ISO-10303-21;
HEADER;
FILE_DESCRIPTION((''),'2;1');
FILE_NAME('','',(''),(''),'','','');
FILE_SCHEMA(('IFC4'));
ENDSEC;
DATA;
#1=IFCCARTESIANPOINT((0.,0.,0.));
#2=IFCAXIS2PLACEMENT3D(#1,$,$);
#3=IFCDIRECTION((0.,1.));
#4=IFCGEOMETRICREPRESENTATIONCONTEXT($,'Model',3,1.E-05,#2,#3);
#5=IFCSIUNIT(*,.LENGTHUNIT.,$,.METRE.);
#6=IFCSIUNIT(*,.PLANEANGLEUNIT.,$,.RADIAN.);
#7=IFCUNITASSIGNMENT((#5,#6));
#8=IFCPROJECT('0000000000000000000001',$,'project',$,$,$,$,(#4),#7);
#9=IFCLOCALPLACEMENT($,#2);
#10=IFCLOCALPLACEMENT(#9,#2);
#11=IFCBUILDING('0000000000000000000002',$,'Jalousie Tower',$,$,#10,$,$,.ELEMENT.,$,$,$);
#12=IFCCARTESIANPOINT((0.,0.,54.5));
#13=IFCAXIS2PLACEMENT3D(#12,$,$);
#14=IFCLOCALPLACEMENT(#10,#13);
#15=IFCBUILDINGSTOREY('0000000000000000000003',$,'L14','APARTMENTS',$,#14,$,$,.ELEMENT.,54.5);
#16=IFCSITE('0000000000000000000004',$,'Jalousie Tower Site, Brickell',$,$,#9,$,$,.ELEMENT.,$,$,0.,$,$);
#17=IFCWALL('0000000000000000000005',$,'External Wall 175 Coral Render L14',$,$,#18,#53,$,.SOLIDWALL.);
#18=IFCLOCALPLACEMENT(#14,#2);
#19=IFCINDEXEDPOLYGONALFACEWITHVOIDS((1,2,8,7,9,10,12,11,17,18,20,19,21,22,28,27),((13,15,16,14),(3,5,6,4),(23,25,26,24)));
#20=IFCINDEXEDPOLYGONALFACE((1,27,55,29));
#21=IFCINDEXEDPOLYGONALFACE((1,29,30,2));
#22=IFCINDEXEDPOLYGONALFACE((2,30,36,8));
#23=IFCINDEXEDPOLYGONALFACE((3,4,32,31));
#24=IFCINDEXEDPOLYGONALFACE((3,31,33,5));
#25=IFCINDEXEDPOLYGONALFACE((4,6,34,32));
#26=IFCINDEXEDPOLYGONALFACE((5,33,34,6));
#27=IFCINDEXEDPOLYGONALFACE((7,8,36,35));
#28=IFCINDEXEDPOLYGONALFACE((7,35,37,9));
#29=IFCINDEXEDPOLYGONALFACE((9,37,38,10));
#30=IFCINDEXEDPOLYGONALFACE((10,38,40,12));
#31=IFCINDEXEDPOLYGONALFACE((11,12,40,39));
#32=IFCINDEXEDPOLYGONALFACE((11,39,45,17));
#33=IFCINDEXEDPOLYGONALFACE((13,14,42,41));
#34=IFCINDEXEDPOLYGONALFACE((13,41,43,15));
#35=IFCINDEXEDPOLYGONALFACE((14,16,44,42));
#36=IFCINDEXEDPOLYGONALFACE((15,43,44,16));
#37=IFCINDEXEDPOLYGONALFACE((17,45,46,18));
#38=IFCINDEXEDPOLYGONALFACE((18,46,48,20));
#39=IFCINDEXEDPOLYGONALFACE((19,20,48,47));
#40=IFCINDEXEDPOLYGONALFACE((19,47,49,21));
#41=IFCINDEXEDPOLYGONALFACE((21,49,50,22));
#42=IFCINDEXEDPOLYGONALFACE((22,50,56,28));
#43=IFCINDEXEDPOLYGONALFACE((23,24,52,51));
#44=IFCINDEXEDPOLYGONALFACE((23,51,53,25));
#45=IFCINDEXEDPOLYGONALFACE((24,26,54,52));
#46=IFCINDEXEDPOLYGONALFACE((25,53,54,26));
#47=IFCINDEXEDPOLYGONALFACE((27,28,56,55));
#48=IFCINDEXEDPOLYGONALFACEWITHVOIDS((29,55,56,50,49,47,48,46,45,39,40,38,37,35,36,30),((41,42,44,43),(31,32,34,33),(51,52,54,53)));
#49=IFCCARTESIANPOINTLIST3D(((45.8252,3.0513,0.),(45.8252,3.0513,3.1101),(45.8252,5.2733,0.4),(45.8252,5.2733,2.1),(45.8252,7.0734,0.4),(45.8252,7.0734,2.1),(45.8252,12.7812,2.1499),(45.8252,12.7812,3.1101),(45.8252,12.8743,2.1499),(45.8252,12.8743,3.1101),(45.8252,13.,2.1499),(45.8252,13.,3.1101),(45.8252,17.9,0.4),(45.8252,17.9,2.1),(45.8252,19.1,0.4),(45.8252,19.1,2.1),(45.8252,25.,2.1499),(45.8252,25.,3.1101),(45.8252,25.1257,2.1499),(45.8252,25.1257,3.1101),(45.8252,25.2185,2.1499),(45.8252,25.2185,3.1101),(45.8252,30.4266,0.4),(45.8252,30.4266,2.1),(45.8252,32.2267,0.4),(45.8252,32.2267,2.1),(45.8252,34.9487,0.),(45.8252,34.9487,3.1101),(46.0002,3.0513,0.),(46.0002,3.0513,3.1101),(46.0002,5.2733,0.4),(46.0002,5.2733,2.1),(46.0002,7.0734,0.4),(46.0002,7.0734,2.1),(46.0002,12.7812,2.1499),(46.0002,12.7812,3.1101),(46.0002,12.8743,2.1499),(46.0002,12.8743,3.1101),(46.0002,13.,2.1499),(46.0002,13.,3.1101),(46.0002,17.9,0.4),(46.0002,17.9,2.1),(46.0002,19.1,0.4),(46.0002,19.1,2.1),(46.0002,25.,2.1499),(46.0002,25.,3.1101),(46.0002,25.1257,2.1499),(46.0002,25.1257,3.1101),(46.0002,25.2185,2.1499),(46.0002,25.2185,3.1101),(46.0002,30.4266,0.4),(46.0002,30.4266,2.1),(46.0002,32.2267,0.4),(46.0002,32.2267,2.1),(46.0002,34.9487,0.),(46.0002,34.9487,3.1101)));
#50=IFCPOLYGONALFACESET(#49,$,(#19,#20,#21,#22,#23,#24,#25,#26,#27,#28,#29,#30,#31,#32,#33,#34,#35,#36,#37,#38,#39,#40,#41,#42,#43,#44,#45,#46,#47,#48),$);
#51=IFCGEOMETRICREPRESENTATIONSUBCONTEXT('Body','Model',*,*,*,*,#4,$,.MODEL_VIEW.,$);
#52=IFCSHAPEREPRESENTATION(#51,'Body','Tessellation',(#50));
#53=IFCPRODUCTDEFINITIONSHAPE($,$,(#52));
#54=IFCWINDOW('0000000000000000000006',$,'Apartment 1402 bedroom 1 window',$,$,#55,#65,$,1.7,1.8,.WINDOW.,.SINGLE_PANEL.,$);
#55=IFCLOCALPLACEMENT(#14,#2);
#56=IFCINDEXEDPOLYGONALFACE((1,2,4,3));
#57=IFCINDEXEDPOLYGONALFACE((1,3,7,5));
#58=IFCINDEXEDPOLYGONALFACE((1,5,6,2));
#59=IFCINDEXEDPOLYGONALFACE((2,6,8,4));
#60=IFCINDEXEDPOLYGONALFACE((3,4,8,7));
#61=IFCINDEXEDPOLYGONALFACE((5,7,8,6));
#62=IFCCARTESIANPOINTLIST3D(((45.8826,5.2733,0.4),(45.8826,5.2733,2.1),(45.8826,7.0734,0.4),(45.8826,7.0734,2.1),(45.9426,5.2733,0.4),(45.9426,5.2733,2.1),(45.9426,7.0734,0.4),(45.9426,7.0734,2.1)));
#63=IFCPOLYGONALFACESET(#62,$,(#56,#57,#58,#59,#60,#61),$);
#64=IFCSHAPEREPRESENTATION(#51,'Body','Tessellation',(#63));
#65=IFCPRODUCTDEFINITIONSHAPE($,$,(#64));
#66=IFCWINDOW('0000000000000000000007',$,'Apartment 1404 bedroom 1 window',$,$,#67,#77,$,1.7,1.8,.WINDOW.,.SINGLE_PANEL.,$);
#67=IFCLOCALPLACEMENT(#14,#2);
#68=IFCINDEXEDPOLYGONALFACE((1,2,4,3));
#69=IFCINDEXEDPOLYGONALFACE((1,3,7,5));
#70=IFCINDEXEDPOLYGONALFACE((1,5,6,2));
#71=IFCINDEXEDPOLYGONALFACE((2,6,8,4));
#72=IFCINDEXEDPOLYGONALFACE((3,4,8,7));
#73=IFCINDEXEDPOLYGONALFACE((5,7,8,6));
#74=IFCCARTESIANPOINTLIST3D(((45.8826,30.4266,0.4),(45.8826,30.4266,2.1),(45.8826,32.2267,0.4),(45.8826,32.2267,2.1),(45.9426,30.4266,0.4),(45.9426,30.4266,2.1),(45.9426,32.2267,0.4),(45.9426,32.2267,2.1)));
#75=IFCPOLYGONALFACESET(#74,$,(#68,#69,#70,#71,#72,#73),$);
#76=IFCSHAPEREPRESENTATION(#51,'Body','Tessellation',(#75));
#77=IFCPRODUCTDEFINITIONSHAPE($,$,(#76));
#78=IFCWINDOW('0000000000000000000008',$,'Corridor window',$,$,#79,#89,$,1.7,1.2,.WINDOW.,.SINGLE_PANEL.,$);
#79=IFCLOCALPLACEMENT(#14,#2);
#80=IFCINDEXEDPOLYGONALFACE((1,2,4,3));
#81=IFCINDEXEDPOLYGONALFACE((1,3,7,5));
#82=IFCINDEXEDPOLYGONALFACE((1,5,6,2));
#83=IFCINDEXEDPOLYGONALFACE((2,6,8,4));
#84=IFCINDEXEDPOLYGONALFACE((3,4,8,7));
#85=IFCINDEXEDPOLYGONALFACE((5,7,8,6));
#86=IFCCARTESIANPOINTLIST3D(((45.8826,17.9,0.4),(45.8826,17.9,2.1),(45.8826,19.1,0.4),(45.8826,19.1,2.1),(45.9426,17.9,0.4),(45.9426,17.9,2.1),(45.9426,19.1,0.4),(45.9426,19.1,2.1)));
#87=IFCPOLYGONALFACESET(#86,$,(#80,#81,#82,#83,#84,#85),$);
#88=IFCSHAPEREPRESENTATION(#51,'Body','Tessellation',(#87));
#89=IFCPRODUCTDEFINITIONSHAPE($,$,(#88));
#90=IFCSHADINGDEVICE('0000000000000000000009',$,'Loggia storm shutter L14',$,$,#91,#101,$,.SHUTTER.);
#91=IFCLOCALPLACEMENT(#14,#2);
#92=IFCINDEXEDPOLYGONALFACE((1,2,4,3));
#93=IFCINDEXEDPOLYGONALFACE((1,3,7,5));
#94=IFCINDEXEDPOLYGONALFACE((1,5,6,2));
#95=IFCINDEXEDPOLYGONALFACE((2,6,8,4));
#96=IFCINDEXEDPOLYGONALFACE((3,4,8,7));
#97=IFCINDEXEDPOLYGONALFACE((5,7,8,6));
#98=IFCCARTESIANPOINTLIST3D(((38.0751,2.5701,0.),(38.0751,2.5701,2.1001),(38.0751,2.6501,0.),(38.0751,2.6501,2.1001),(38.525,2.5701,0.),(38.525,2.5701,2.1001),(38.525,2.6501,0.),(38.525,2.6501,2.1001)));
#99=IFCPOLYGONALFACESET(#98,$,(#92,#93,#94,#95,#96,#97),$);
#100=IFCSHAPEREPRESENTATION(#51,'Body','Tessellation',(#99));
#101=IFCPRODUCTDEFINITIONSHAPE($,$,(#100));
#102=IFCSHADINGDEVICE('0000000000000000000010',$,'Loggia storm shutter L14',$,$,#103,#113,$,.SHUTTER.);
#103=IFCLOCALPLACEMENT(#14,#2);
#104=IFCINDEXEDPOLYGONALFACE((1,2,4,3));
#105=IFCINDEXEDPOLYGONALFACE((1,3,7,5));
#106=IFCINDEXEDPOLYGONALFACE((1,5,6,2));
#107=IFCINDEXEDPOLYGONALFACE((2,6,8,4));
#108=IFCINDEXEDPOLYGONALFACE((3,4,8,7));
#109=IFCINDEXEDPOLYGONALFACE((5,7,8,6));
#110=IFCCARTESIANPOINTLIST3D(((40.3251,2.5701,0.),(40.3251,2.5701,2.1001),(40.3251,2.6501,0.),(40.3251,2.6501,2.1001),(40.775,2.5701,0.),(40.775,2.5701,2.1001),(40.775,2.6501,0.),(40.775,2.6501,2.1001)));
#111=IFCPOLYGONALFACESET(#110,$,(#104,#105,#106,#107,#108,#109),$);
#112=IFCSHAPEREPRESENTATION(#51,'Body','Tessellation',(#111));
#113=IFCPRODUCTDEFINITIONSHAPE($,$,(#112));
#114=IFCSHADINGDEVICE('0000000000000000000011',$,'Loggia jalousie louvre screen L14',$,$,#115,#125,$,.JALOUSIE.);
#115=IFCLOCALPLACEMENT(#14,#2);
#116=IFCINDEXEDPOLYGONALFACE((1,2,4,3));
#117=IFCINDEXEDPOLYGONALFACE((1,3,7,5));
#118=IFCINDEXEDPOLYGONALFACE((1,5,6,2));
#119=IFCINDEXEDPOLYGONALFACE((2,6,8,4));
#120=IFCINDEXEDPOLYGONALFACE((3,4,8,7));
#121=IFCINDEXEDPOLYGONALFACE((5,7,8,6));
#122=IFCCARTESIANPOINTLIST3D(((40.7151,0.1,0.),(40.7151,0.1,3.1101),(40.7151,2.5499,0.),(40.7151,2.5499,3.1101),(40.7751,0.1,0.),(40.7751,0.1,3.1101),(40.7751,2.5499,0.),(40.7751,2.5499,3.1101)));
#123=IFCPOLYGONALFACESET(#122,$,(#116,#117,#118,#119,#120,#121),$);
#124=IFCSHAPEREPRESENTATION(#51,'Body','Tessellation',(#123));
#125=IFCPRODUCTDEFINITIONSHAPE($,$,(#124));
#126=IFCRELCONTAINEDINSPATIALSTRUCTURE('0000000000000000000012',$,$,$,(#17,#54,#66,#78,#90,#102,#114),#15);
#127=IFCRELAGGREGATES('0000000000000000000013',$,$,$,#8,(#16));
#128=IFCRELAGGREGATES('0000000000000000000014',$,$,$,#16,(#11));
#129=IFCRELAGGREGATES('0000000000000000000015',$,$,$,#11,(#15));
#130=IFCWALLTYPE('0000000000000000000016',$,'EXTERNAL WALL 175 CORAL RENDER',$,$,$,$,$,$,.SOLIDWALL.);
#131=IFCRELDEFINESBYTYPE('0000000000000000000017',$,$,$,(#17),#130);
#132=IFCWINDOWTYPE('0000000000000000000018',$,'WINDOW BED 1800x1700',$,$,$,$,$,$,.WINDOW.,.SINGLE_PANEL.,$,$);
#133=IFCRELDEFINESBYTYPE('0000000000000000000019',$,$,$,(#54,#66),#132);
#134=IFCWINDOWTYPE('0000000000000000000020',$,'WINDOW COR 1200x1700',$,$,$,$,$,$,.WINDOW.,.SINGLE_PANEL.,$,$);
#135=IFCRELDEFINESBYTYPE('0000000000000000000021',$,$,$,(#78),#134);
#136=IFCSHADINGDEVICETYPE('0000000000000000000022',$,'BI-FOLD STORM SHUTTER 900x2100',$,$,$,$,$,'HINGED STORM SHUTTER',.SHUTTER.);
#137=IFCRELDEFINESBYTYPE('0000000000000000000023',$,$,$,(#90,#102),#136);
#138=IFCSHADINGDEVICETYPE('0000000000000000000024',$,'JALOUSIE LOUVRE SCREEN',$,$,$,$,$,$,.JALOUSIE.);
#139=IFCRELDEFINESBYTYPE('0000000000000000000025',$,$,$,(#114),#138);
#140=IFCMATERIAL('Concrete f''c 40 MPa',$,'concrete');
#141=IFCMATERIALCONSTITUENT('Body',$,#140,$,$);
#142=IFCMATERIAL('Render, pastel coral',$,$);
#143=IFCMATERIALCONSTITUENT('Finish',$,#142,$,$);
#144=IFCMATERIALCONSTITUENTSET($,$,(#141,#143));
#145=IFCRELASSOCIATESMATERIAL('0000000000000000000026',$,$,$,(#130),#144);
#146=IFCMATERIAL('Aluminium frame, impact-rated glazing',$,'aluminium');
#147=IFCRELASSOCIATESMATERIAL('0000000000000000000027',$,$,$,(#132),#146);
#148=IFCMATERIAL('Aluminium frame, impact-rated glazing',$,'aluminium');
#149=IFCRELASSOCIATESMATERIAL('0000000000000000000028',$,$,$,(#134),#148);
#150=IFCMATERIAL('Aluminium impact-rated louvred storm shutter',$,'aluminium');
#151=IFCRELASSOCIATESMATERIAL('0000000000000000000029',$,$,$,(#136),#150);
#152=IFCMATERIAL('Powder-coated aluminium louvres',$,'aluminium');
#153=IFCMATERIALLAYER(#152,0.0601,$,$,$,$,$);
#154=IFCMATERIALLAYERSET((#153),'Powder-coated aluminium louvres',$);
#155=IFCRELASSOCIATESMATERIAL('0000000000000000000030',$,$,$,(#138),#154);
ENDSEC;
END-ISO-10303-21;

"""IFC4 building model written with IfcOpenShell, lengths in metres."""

from ifc_helpers import new_model, si_unit, direction, frame, frame_2d, origin, origin_2d, place, context, subcontext, project, spatial, polyline, rectangle, outline, extrude, material, layer, layer_set, constituent, constituent_set, type_object, element, fill, save


model = new_model("IFC4")

# Units and contexts
model_context = context("Model", 3, precision=1e-05, world=origin(), true_north=direction((0.0, 1.0)))
body_context = subcontext(model_context, "Body", "Model", "MODEL_VIEW")
ifc_project = project(units=[si_unit("LENGTHUNIT", "METRE"), si_unit("PLANEANGLEUNIT", "RADIAN")], contexts=[model_context])

# Site, building, storey
site_placement = place(None, origin())
site = spatial("IfcSite", under=ifc_project, at=site_placement, Name="Jalousie Tower Site, Brickell", CompositionType="ELEMENT", RefElevation=0.0)
building_placement = place(site_placement, origin())
building = spatial("IfcBuilding", under=site, at=building_placement, Name="Jalousie Tower", CompositionType="ELEMENT")
storey_placement = place(building_placement, frame((0.0, 0.0, 54.5)))
storey = spatial("IfcBuildingStorey", under=building, at=storey_placement, Name="L14", Description="APARTMENTS", CompositionType="ELEMENT", Elevation=54.5)

# Shared definitions
ifc_material_1 = material(Name="Concrete f'c 40 MPa", Category="concrete")
ifc_constituent_1 = constituent(ifc_material_1, Name="Body")
ifc_material_2 = material(Name="Render, pastel coral")
ifc_constituent_2 = constituent(ifc_material_2, Name="Finish")
ifc_constituent_set = constituent_set(constituents=[ifc_constituent_1, ifc_constituent_2])
wall_type = type_object("IfcWallType", Name="EXTERNAL WALL 175 CORAL RENDER", PredefinedType="SOLIDWALL", material=ifc_constituent_set)

# Wall, openings, windows
wall_1_placement = place(storey_placement, frame((45.9126, 3.0513, 0.0), z_axis=(0.0, 0.0, 1.0), x_axis=(0.0, 1.0, 0.0)))
wall_1 = element("IfcWall", 1, at=wall_1_placement, inside=storey, type_object=wall_type, Name="External Wall 175 Coral Render L14", PredefinedType="SOLIDWALL", context=body_context, shape_type="SweptSolid", body=[
    extrude(outline(polyline([(0.0, 0.0), (31.8975, 0.0), (31.8975, 3.1101), (22.1672, 3.1101), (22.1672, 2.1499), (22.0745, 2.1499), (22.0745, 3.1101), (21.9487, 3.1101), (21.9487, 2.1499), (9.9487, 2.1499), (9.9487, 3.1101), (9.823, 3.1101), (9.823, 2.1499), (9.73, 2.1499), (9.73, 3.1101), (0.0, 3.1101), (0.0, 0.0)])), frame((0.0, 0.0874, 0.0), z_axis=(0.0, -1.0, 0.0), x_axis=(1.0, 0.0, 0.0)), (0.0, 0.0, 1.0), 0.175),
])
opening_1_placement = place(wall_1_placement, frame((2.2222, 0.0, 0.3999)))
opening_1 = element("IfcOpeningElement", 2, at=opening_1_placement, cuts=wall_1, PredefinedType="OPENING", context=body_context, shape_type="SweptSolid", body=[
    extrude(rectangle(XDim=1.8, YDim=1.7, at=frame_2d((0.8999, 0.8501))), frame((0.0, 0.0974, 0.0), z_axis=(0.0, -1.0, 0.0), x_axis=(1.0, 0.0, 0.0)), (0.0, 0.0, 1.0), 0.1951),
])
opening_2_placement = place(wall_1_placement, frame((14.8486, 0.0, 0.3999)))
opening_2 = element("IfcOpeningElement", 3, at=opening_2_placement, cuts=wall_1, PredefinedType="OPENING", context=body_context, shape_type="SweptSolid", body=[
    extrude(rectangle(XDim=1.2, YDim=1.7, at=frame_2d((0.6001, 0.8501))), frame((0.0, 0.0974, 0.0), z_axis=(0.0, -1.0, 0.0), x_axis=(1.0, 0.0, 0.0)), (0.0, 0.0, 1.0), 0.1951),
])
opening_3_placement = place(wall_1_placement, frame((27.3755, 0.0, 0.3999)))
opening_3 = element("IfcOpeningElement", 4, at=opening_3_placement, cuts=wall_1, PredefinedType="OPENING", context=body_context, shape_type="SweptSolid", body=[
    extrude(rectangle(XDim=1.8, YDim=1.7, at=frame_2d((0.8999, 0.8501))), frame((0.0, 0.0974, 0.0), z_axis=(0.0, -1.0, 0.0), x_axis=(1.0, 0.0, 0.0)), (0.0, 0.0, 1.0), 0.1951),
])
ifc_material_3 = material(Name="Aluminium frame, impact-rated glazing", Category="aluminium")
window_type_1 = type_object("IfcWindowType", Name="WINDOW BED 1800x1700", PartitioningType="SINGLE_PANEL", PredefinedType="WINDOW", material=ifc_material_3)
window_1_placement = place(opening_1_placement, origin())
window_1 = element("IfcWindow", 5, at=window_1_placement, inside=storey, type_object=window_type_1, Name="Apartment 1402 bedroom 1 window", OverallHeight=1.7, OverallWidth=1.8, PartitioningType="SINGLE_PANEL", PredefinedType="WINDOW", context=body_context, shape_type="SweptSolid", body=[
    extrude(rectangle(XDim=1.8, YDim=1.7, at=frame_2d((0.8999, 0.8501))), frame((0.0, 0.03, 0.0), z_axis=(0.0, -1.0, 0.0), x_axis=(1.0, 0.0, 0.0)), (0.0, 0.0, 1.0), 0.0601),
])
fill(opening_1, window_1)
window_2_placement = place(opening_3_placement, origin())
window_2 = element("IfcWindow", 6, at=window_2_placement, inside=storey, type_object=window_type_1, Name="Apartment 1404 bedroom 1 window", OverallHeight=1.7, OverallWidth=1.8, PartitioningType="SINGLE_PANEL", PredefinedType="WINDOW", context=body_context, shape_type="SweptSolid", body=[
    extrude(rectangle(XDim=1.8, YDim=1.7, at=frame_2d((0.8999, 0.8501))), frame((0.0, 0.03, 0.0), z_axis=(0.0, -1.0, 0.0), x_axis=(1.0, 0.0, 0.0)), (0.0, 0.0, 1.0), 0.0601),
])
fill(opening_3, window_2)
ifc_material_4 = material(Name="Aluminium frame, impact-rated glazing", Category="aluminium")
window_type_2 = type_object("IfcWindowType", Name="WINDOW COR 1200x1700", PartitioningType="SINGLE_PANEL", PredefinedType="WINDOW", material=ifc_material_4)
window_3_placement = place(opening_2_placement, origin())
window_3 = element("IfcWindow", 7, at=window_3_placement, inside=storey, type_object=window_type_2, Name="Corridor window", OverallHeight=1.7, OverallWidth=1.2, PartitioningType="SINGLE_PANEL", PredefinedType="WINDOW", context=body_context, shape_type="SweptSolid", body=[
    extrude(rectangle(XDim=1.2, YDim=1.7, at=frame_2d((0.6001, 0.8501))), frame((0.0, 0.03, 0.0), z_axis=(0.0, -1.0, 0.0), x_axis=(1.0, 0.0, 0.0)), (0.0, 0.0, 1.0), 0.0601),
])
fill(opening_2, window_3)

# Shading devices
ifc_material_5 = material(Name="Aluminium impact-rated louvred storm shutter", Category="aluminium")
shading_device_type_1 = type_object("IfcShadingDeviceType", Name="BI-FOLD STORM SHUTTER 900x2100", ElementType="HINGED STORM SHUTTER", PredefinedType="SHUTTER", material=ifc_material_5)
for number, where, z_axis, x_axis, name in (
    (8, (38.3, 2.6101, 0.0), (0.0, 0.0, 1.0), (1.0, 0.0, 0.0), "Loggia storm shutter L14"),
    (9, (40.55, 2.6101, 0.0), (0.0, 0.0, 1.0), (1.0, 0.0, 0.0), "Loggia storm shutter L14"),
):
    element("IfcShadingDevice", number, at=place(storey_placement, frame(where, z_axis=z_axis, x_axis=x_axis)), inside=storey, type_object=shading_device_type_1, Name=name, PredefinedType="SHUTTER", context=body_context, shape_type="SweptSolid", body=[
        extrude(rectangle(XDim=0.45, YDim=0.0801, at=origin_2d()), origin(), (0.0, 0.0, 1.0), 2.1001),
    ])
ifc_material_6 = material(Name="Powder-coated aluminium louvres", Category="aluminium")
ifc_layer_1 = layer(ifc_material_6, 0.0601)
ifc_layer_set_1 = layer_set([ifc_layer_1], Name="Powder-coated aluminium louvres")
shading_device_type_2 = type_object("IfcShadingDeviceType", Name="JALOUSIE LOUVRE SCREEN", PredefinedType="JALOUSIE", material=ifc_layer_set_1)
shading_device_placement = place(storey_placement, frame((40.7451, 1.325, 0.0), z_axis=(0.0, 0.0, 1.0), x_axis=(1.0, 0.0, 0.0)))
element("IfcShadingDevice", 10, at=shading_device_placement, inside=storey, type_object=shading_device_type_2, Name="Loggia jalousie louvre screen L14", PredefinedType="JALOUSIE", context=body_context, shape_type="SweptSolid", body=[
    extrude(rectangle(XDim=0.0601, YDim=2.45, at=origin_2d()), origin(), (0.0, 0.0, 1.0), 3.1101),
])

save(model, "model.ifc")
